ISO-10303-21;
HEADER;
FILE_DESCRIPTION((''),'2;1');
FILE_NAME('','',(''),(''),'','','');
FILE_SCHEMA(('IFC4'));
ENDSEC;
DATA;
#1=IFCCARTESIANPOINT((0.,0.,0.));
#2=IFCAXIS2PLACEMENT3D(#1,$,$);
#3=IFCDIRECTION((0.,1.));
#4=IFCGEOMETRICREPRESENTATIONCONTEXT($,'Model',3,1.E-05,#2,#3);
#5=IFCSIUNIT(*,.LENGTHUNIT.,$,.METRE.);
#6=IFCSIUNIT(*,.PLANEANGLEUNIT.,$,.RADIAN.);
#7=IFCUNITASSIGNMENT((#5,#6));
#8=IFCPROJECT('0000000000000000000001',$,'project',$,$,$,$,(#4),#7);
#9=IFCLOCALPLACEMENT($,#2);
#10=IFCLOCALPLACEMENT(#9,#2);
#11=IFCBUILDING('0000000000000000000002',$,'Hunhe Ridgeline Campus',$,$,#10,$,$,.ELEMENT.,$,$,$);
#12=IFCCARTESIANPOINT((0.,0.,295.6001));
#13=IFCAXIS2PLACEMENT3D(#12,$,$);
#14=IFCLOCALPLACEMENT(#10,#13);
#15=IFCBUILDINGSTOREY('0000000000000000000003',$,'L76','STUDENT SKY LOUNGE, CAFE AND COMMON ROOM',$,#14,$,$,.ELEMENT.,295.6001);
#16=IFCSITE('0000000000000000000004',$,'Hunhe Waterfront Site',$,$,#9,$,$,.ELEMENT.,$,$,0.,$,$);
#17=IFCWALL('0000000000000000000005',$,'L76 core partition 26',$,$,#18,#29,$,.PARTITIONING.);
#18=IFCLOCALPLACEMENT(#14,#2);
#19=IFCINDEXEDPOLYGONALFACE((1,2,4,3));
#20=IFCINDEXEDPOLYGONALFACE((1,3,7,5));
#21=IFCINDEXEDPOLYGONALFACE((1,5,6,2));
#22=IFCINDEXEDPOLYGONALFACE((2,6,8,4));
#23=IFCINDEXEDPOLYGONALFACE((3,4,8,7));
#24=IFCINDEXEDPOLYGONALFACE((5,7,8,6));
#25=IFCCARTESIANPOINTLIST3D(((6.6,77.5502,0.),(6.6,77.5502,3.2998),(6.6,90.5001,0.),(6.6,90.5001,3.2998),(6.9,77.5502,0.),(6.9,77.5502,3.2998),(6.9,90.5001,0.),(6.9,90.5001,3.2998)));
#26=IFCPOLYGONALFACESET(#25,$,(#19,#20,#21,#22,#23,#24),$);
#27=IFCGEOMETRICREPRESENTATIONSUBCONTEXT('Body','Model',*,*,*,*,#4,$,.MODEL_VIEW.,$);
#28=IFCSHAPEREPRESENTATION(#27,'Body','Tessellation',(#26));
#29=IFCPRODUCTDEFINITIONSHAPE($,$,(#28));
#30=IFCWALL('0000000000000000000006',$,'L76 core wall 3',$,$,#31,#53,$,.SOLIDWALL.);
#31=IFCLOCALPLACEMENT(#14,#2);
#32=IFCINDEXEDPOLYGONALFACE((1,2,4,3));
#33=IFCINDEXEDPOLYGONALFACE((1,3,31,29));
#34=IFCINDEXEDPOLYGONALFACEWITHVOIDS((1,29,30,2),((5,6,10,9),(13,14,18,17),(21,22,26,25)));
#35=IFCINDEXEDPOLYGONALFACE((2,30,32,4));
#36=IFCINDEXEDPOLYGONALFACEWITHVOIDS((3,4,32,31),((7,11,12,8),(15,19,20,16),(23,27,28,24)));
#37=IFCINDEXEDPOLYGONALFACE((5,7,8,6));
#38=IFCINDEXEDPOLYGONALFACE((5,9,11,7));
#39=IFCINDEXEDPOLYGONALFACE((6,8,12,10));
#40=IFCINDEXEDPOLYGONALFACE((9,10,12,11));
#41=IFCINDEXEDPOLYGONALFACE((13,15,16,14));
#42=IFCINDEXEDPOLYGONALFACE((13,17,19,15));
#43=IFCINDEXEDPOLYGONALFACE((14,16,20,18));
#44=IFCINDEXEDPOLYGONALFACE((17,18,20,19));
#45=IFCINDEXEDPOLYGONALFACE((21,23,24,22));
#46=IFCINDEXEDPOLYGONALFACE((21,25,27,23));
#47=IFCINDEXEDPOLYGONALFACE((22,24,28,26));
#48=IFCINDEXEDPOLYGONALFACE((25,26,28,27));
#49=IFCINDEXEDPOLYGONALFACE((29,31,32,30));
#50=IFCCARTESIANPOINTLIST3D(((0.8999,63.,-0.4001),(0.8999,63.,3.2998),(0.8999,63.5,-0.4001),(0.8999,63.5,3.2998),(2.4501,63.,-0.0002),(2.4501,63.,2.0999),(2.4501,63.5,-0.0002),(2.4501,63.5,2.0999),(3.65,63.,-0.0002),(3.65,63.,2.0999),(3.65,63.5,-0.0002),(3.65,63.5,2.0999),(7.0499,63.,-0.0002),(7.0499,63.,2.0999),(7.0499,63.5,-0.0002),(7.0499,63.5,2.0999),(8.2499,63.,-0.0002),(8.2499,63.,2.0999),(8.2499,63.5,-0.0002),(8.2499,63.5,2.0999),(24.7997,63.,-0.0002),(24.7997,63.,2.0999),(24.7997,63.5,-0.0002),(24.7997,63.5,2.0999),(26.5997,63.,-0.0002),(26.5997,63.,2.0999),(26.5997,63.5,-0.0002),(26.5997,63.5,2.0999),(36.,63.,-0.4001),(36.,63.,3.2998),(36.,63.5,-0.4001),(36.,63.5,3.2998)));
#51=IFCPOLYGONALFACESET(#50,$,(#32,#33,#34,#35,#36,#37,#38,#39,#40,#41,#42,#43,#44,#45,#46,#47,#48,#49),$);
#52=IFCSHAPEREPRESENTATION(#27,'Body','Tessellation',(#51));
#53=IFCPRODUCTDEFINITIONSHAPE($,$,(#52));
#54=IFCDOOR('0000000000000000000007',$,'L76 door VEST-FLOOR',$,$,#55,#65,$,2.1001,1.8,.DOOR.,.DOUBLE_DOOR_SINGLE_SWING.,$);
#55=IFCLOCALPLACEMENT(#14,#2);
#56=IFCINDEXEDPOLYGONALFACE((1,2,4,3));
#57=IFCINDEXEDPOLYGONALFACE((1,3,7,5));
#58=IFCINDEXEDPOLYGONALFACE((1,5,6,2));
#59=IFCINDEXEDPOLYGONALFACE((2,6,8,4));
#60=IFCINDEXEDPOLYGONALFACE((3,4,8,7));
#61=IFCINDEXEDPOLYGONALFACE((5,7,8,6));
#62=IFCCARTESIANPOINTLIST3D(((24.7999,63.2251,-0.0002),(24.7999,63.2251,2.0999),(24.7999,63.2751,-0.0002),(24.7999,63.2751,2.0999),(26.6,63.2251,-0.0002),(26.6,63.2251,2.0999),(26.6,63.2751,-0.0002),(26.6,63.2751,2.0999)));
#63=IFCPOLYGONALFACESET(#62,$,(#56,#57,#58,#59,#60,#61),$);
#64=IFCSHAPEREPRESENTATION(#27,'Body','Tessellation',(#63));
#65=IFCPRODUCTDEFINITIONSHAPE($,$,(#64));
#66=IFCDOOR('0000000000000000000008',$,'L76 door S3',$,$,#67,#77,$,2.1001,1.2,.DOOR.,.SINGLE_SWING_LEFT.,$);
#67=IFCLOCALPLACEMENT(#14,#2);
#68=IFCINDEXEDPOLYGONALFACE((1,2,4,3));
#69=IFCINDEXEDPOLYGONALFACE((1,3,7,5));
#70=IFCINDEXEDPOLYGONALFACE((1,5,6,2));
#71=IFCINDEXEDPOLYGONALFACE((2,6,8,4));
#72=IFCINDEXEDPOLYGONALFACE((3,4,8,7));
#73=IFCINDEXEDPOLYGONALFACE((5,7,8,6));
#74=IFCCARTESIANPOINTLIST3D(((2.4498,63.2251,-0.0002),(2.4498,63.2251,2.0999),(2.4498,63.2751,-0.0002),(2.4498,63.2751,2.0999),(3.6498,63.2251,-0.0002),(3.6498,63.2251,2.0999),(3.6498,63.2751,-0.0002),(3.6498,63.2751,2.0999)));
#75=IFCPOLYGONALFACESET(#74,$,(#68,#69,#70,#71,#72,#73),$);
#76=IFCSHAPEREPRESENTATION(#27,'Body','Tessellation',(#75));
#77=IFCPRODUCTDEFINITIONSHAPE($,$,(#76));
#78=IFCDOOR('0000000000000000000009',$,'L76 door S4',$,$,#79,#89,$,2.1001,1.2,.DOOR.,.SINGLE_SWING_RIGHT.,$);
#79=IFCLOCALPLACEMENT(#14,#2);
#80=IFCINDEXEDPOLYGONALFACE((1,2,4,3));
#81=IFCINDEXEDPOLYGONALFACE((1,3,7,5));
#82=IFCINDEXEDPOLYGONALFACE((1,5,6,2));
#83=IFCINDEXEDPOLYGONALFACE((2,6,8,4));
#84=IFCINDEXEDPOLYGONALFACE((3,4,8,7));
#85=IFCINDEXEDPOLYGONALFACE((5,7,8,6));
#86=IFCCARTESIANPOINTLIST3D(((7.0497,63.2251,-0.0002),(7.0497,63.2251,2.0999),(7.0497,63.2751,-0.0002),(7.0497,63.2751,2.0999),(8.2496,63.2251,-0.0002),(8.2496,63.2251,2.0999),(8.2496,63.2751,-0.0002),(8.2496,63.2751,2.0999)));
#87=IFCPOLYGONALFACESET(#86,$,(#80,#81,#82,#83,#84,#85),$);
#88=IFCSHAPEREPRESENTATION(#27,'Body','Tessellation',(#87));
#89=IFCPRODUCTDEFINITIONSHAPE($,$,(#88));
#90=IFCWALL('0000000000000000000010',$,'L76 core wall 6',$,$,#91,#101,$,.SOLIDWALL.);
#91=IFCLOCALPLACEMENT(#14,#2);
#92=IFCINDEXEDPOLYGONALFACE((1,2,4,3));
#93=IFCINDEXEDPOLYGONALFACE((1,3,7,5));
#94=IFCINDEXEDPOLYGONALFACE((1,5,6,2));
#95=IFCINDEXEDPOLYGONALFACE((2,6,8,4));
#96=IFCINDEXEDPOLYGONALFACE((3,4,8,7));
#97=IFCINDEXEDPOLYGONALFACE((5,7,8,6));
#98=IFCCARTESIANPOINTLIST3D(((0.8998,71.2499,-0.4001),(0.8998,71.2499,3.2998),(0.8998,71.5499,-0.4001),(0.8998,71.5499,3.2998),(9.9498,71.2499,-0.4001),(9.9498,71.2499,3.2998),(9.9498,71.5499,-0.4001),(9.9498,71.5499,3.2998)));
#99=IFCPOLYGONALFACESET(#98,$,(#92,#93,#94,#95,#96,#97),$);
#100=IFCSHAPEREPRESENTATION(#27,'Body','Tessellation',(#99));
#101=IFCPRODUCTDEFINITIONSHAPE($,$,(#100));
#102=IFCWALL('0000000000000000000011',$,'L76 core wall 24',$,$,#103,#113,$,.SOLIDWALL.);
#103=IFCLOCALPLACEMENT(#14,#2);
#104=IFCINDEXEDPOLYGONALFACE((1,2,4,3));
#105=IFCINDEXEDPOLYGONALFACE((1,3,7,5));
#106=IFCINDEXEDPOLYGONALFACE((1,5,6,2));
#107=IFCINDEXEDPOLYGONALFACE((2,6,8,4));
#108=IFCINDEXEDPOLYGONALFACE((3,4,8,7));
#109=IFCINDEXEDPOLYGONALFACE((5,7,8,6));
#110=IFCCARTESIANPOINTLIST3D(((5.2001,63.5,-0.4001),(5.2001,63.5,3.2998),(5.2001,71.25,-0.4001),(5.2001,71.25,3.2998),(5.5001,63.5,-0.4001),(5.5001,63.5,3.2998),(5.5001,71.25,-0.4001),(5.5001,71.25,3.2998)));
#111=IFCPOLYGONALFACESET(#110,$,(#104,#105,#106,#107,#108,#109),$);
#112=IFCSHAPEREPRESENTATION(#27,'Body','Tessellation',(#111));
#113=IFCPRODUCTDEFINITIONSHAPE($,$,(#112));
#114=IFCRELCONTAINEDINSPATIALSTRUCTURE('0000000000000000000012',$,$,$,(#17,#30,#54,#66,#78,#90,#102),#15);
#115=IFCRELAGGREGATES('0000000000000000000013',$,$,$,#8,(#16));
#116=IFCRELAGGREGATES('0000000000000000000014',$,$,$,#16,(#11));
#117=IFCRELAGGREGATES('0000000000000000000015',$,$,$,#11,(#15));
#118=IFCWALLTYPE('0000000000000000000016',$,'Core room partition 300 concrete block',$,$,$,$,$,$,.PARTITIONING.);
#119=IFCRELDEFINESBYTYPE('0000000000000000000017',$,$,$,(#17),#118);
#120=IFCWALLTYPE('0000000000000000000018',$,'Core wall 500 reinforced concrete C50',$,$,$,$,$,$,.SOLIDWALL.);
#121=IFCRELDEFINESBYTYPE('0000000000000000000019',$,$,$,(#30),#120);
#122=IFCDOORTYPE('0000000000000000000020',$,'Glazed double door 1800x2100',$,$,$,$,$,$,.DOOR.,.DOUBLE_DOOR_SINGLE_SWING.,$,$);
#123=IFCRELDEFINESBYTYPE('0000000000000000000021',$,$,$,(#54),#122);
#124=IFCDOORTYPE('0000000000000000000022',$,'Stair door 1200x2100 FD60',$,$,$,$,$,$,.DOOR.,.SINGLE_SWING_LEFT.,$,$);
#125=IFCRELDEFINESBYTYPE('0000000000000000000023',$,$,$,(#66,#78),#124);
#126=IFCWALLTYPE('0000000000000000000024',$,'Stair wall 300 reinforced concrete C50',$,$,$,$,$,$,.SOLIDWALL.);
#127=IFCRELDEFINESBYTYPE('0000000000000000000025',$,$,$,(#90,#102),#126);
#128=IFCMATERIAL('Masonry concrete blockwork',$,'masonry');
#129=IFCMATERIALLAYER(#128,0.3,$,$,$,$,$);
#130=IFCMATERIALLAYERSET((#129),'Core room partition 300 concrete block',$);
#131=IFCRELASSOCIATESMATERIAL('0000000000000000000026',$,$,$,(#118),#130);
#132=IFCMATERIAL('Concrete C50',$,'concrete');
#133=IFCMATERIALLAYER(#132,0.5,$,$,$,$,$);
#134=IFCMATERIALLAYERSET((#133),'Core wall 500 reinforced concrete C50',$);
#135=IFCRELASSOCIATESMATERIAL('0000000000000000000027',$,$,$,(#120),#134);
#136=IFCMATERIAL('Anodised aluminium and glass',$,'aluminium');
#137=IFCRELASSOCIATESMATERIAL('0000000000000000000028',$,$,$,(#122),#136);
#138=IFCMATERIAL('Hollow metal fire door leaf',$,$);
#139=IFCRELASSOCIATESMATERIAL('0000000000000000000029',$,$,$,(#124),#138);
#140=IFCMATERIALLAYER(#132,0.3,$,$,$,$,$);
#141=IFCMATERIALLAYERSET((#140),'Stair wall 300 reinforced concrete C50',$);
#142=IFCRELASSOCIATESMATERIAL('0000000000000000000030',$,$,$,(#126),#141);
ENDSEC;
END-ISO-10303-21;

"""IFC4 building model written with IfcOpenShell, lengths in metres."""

from ifc_helpers import new_model, si_unit, direction, frame, frame_2d, origin, place, context, subcontext, project, spatial, rectangle, extrude, material, layer, layer_set, type_object, element, fill, save


model = new_model("IFC4")

# Units and contexts
model_context = context("Model", 3, precision=1e-05, world=origin(), true_north=direction((0.0, 1.0)))
body_context = subcontext(model_context, "Body", "Model", "MODEL_VIEW")
ifc_project = project(units=[si_unit("LENGTHUNIT", "METRE"), si_unit("PLANEANGLEUNIT", "RADIAN")], contexts=[model_context])

# Site, building, storey
site_placement = place(None, origin())
site = spatial("IfcSite", under=ifc_project, at=site_placement, Name="Hunhe Waterfront Site", CompositionType="ELEMENT", RefElevation=0.0)
building_placement = place(site_placement, origin())
building = spatial("IfcBuilding", under=site, at=building_placement, Name="Hunhe Ridgeline Campus", CompositionType="ELEMENT")
storey_placement = place(building_placement, frame((0.0, 0.0, 295.6001)))
storey = spatial("IfcBuildingStorey", under=building, at=storey_placement, Name="L76", Description="STUDENT SKY LOUNGE, CAFE AND COMMON ROOM", CompositionType="ELEMENT", Elevation=295.6001)

# Wall
ifc_material_1 = material(Name="Masonry concrete blockwork", Category="masonry")
ifc_layer_1 = layer(ifc_material_1, 0.3)
ifc_layer_set_1 = layer_set([ifc_layer_1], Name="Core room partition 300 concrete block")
wall_type_1 = type_object("IfcWallType", Name="Core room partition 300 concrete block", PredefinedType="PARTITIONING", material=ifc_layer_set_1)
wall_1_placement = place(storey_placement, frame((6.75, 77.55, 0.0), z_axis=(0.0, 0.0, 1.0), x_axis=(0.0, 1.0, 0.0)))
element("IfcWall", 1, at=wall_1_placement, inside=storey, type_object=wall_type_1, Name="L76 core partition 26", PredefinedType="PARTITIONING", context=body_context, shape_type="SweptSolid", body=[
    extrude(rectangle(XDim=12.95, YDim=0.3, at=frame_2d((6.4751, 0.0))), origin(), (0.0, 0.0, 1.0), 3.2998),
])

# Wall, openings, doors
ifc_material_2 = material(Name="Concrete C50", Category="concrete")
ifc_layer_2 = layer(ifc_material_2, 0.5)
ifc_layer_set_2 = layer_set([ifc_layer_2], Name="Core wall 500 reinforced concrete C50")
wall_type_2 = type_object("IfcWallType", Name="Core wall 500 reinforced concrete C50", PredefinedType="SOLIDWALL", material=ifc_layer_set_2)
wall_2_placement = place(storey_placement, frame((0.8999, 63.25, -0.4001), z_axis=(0.0, 0.0, 1.0), x_axis=(1.0, 0.0, 0.0)))
wall_2 = element("IfcWall", 2, at=wall_2_placement, inside=storey, type_object=wall_type_2, Name="L76 core wall 3", PredefinedType="SOLIDWALL", context=body_context, shape_type="SweptSolid", body=[
    extrude(rectangle(XDim=35.1001, YDim=0.5, at=frame_2d((17.55, 0.0))), origin(), (0.0, 0.0, 1.0), 3.7),
])
opening_1_placement = place(wall_2_placement, frame((23.8999, 0.0, 0.3999)))
opening_1 = element("IfcOpeningElement", 3, at=opening_1_placement, cuts=wall_2, PredefinedType="OPENING", context=body_context, shape_type="SweptSolid", body=[
    extrude(rectangle(XDim=1.8, YDim=2.1001, at=frame_2d((0.8999, 1.05))), frame((0.0, 0.25, 0.0), z_axis=(0.0, -1.0, 0.0), x_axis=(1.0, 0.0, 0.0)), (0.0, 0.0, 1.0), 0.5),
])
opening_2_placement = place(wall_2_placement, frame((1.55, 0.0, 0.3999)))
opening_2 = element("IfcOpeningElement", 4, at=opening_2_placement, cuts=wall_2, PredefinedType="OPENING", context=body_context, shape_type="SweptSolid", body=[
    extrude(rectangle(XDim=1.2, YDim=2.1001, at=frame_2d((0.6001, 1.05))), frame((0.0, 0.25, 0.0), z_axis=(0.0, -1.0, 0.0), x_axis=(1.0, 0.0, 0.0)), (0.0, 0.0, 1.0), 0.5),
])
opening_3_placement = place(wall_2_placement, frame((6.1499, 0.0, 0.3999)))
opening_3 = element("IfcOpeningElement", 5, at=opening_3_placement, cuts=wall_2, PredefinedType="OPENING", context=body_context, shape_type="SweptSolid", body=[
    extrude(rectangle(XDim=1.2, YDim=2.1001, at=frame_2d((0.6001, 1.05))), frame((0.0, 0.25, 0.0), z_axis=(0.0, -1.0, 0.0), x_axis=(1.0, 0.0, 0.0)), (0.0, 0.0, 1.0), 0.5),
])
ifc_material_3 = material(Name="Anodised aluminium and glass", Category="aluminium")
door_type_1 = type_object("IfcDoorType", Name="Glazed double door 1800x2100", OperationType="DOUBLE_DOOR_SINGLE_SWING", PredefinedType="DOOR", material=ifc_material_3)
door_1_placement = place(opening_1_placement, frame((1.8, 0.0, 0.0), z_axis=(0.0, 0.0, 1.0), x_axis=(-1.0, 0.0, 0.0)))
door_1 = element("IfcDoor", 6, at=door_1_placement, inside=storey, type_object=door_type_1, Name="L76 door VEST-FLOOR", OperationType="DOUBLE_DOOR_SINGLE_SWING", OverallHeight=2.1001, OverallWidth=1.8, PredefinedType="DOOR", context=body_context, shape_type="SweptSolid", body=[
    extrude(rectangle(XDim=1.8, YDim=2.1001, at=frame_2d((0.8999, 1.05))), frame((0.0, 0.0249, 0.0), z_axis=(0.0, -1.0, 0.0), x_axis=(1.0, 0.0, 0.0)), (0.0, 0.0, 1.0), 0.05),
])
fill(opening_1, door_1)
ifc_material_4 = material(Name="Hollow metal fire door leaf")
door_type_2 = type_object("IfcDoorType", Name="Stair door 1200x2100 FD60", OperationType="SINGLE_SWING_LEFT", PredefinedType="DOOR", material=ifc_material_4)
door_2_placement = place(opening_2_placement, frame((1.2, 0.0, 0.0), z_axis=(0.0, 0.0, 1.0), x_axis=(-1.0, 0.0, 0.0)))
door_2 = element("IfcDoor", 7, at=door_2_placement, inside=storey, type_object=door_type_2, Name="L76 door S3", OperationType="SINGLE_SWING_LEFT", OverallHeight=2.1001, OverallWidth=1.2, PredefinedType="DOOR", context=body_context, shape_type="SweptSolid", body=[
    extrude(rectangle(XDim=1.2, YDim=2.1001, at=frame_2d((0.6001, 1.05))), frame((0.0, 0.0249, 0.0), z_axis=(0.0, -1.0, 0.0), x_axis=(1.0, 0.0, 0.0)), (0.0, 0.0, 1.0), 0.05),
])
fill(opening_2, door_2)
door_3_placement = place(opening_3_placement, frame((1.2, 0.0, 0.0), z_axis=(0.0, 0.0, 1.0), x_axis=(-1.0, 0.0, 0.0)))
door_3 = element("IfcDoor", 8, at=door_3_placement, inside=storey, type_object=door_type_2, Name="L76 door S4", OperationType="SINGLE_SWING_RIGHT", OverallHeight=2.1001, OverallWidth=1.2, PredefinedType="DOOR", context=body_context, shape_type="SweptSolid", body=[
    extrude(rectangle(XDim=1.2, YDim=2.1001, at=frame_2d((0.6001, 1.05))), frame((0.0, 0.0249, 0.0), z_axis=(0.0, -1.0, 0.0), x_axis=(1.0, 0.0, 0.0)), (0.0, 0.0, 1.0), 0.05),
])
fill(opening_3, door_3)

# Shared definitions
ifc_layer_3 = layer(ifc_material_2, 0.3)
ifc_layer_set_3 = layer_set([ifc_layer_3], Name="Stair wall 300 reinforced concrete C50")
wall_type_3 = type_object("IfcWallType", Name="Stair wall 300 reinforced concrete C50", PredefinedType="SOLIDWALL", material=ifc_layer_set_3)

# Walls
wall_3_placement = place(storey_placement, frame((0.8999, 71.3999, -0.4001), z_axis=(0.0, 0.0, 1.0), x_axis=(1.0, 0.0, 0.0)))
element("IfcWall", 9, at=wall_3_placement, inside=storey, type_object=wall_type_3, Name="L76 core wall 6", PredefinedType="SOLIDWALL", context=body_context, shape_type="SweptSolid", body=[
    extrude(rectangle(XDim=9.05, YDim=0.3, at=frame_2d((4.5249, 0.0))), origin(), (0.0, 0.0, 1.0), 3.7),
])
wall_4_placement = place(storey_placement, frame((5.3501, 63.5, -0.4001), z_axis=(0.0, 0.0, 1.0), x_axis=(0.0, 1.0, 0.0)))
element("IfcWall", 10, at=wall_4_placement, inside=storey, type_object=wall_type_3, Name="L76 core wall 24", PredefinedType="SOLIDWALL", context=body_context, shape_type="SweptSolid", body=[
    extrude(rectangle(XDim=7.75, YDim=0.3, at=frame_2d((3.875, 0.0))), origin(), (0.0, 0.0, 1.0), 3.7),
])

save(model, "model.ifc")
